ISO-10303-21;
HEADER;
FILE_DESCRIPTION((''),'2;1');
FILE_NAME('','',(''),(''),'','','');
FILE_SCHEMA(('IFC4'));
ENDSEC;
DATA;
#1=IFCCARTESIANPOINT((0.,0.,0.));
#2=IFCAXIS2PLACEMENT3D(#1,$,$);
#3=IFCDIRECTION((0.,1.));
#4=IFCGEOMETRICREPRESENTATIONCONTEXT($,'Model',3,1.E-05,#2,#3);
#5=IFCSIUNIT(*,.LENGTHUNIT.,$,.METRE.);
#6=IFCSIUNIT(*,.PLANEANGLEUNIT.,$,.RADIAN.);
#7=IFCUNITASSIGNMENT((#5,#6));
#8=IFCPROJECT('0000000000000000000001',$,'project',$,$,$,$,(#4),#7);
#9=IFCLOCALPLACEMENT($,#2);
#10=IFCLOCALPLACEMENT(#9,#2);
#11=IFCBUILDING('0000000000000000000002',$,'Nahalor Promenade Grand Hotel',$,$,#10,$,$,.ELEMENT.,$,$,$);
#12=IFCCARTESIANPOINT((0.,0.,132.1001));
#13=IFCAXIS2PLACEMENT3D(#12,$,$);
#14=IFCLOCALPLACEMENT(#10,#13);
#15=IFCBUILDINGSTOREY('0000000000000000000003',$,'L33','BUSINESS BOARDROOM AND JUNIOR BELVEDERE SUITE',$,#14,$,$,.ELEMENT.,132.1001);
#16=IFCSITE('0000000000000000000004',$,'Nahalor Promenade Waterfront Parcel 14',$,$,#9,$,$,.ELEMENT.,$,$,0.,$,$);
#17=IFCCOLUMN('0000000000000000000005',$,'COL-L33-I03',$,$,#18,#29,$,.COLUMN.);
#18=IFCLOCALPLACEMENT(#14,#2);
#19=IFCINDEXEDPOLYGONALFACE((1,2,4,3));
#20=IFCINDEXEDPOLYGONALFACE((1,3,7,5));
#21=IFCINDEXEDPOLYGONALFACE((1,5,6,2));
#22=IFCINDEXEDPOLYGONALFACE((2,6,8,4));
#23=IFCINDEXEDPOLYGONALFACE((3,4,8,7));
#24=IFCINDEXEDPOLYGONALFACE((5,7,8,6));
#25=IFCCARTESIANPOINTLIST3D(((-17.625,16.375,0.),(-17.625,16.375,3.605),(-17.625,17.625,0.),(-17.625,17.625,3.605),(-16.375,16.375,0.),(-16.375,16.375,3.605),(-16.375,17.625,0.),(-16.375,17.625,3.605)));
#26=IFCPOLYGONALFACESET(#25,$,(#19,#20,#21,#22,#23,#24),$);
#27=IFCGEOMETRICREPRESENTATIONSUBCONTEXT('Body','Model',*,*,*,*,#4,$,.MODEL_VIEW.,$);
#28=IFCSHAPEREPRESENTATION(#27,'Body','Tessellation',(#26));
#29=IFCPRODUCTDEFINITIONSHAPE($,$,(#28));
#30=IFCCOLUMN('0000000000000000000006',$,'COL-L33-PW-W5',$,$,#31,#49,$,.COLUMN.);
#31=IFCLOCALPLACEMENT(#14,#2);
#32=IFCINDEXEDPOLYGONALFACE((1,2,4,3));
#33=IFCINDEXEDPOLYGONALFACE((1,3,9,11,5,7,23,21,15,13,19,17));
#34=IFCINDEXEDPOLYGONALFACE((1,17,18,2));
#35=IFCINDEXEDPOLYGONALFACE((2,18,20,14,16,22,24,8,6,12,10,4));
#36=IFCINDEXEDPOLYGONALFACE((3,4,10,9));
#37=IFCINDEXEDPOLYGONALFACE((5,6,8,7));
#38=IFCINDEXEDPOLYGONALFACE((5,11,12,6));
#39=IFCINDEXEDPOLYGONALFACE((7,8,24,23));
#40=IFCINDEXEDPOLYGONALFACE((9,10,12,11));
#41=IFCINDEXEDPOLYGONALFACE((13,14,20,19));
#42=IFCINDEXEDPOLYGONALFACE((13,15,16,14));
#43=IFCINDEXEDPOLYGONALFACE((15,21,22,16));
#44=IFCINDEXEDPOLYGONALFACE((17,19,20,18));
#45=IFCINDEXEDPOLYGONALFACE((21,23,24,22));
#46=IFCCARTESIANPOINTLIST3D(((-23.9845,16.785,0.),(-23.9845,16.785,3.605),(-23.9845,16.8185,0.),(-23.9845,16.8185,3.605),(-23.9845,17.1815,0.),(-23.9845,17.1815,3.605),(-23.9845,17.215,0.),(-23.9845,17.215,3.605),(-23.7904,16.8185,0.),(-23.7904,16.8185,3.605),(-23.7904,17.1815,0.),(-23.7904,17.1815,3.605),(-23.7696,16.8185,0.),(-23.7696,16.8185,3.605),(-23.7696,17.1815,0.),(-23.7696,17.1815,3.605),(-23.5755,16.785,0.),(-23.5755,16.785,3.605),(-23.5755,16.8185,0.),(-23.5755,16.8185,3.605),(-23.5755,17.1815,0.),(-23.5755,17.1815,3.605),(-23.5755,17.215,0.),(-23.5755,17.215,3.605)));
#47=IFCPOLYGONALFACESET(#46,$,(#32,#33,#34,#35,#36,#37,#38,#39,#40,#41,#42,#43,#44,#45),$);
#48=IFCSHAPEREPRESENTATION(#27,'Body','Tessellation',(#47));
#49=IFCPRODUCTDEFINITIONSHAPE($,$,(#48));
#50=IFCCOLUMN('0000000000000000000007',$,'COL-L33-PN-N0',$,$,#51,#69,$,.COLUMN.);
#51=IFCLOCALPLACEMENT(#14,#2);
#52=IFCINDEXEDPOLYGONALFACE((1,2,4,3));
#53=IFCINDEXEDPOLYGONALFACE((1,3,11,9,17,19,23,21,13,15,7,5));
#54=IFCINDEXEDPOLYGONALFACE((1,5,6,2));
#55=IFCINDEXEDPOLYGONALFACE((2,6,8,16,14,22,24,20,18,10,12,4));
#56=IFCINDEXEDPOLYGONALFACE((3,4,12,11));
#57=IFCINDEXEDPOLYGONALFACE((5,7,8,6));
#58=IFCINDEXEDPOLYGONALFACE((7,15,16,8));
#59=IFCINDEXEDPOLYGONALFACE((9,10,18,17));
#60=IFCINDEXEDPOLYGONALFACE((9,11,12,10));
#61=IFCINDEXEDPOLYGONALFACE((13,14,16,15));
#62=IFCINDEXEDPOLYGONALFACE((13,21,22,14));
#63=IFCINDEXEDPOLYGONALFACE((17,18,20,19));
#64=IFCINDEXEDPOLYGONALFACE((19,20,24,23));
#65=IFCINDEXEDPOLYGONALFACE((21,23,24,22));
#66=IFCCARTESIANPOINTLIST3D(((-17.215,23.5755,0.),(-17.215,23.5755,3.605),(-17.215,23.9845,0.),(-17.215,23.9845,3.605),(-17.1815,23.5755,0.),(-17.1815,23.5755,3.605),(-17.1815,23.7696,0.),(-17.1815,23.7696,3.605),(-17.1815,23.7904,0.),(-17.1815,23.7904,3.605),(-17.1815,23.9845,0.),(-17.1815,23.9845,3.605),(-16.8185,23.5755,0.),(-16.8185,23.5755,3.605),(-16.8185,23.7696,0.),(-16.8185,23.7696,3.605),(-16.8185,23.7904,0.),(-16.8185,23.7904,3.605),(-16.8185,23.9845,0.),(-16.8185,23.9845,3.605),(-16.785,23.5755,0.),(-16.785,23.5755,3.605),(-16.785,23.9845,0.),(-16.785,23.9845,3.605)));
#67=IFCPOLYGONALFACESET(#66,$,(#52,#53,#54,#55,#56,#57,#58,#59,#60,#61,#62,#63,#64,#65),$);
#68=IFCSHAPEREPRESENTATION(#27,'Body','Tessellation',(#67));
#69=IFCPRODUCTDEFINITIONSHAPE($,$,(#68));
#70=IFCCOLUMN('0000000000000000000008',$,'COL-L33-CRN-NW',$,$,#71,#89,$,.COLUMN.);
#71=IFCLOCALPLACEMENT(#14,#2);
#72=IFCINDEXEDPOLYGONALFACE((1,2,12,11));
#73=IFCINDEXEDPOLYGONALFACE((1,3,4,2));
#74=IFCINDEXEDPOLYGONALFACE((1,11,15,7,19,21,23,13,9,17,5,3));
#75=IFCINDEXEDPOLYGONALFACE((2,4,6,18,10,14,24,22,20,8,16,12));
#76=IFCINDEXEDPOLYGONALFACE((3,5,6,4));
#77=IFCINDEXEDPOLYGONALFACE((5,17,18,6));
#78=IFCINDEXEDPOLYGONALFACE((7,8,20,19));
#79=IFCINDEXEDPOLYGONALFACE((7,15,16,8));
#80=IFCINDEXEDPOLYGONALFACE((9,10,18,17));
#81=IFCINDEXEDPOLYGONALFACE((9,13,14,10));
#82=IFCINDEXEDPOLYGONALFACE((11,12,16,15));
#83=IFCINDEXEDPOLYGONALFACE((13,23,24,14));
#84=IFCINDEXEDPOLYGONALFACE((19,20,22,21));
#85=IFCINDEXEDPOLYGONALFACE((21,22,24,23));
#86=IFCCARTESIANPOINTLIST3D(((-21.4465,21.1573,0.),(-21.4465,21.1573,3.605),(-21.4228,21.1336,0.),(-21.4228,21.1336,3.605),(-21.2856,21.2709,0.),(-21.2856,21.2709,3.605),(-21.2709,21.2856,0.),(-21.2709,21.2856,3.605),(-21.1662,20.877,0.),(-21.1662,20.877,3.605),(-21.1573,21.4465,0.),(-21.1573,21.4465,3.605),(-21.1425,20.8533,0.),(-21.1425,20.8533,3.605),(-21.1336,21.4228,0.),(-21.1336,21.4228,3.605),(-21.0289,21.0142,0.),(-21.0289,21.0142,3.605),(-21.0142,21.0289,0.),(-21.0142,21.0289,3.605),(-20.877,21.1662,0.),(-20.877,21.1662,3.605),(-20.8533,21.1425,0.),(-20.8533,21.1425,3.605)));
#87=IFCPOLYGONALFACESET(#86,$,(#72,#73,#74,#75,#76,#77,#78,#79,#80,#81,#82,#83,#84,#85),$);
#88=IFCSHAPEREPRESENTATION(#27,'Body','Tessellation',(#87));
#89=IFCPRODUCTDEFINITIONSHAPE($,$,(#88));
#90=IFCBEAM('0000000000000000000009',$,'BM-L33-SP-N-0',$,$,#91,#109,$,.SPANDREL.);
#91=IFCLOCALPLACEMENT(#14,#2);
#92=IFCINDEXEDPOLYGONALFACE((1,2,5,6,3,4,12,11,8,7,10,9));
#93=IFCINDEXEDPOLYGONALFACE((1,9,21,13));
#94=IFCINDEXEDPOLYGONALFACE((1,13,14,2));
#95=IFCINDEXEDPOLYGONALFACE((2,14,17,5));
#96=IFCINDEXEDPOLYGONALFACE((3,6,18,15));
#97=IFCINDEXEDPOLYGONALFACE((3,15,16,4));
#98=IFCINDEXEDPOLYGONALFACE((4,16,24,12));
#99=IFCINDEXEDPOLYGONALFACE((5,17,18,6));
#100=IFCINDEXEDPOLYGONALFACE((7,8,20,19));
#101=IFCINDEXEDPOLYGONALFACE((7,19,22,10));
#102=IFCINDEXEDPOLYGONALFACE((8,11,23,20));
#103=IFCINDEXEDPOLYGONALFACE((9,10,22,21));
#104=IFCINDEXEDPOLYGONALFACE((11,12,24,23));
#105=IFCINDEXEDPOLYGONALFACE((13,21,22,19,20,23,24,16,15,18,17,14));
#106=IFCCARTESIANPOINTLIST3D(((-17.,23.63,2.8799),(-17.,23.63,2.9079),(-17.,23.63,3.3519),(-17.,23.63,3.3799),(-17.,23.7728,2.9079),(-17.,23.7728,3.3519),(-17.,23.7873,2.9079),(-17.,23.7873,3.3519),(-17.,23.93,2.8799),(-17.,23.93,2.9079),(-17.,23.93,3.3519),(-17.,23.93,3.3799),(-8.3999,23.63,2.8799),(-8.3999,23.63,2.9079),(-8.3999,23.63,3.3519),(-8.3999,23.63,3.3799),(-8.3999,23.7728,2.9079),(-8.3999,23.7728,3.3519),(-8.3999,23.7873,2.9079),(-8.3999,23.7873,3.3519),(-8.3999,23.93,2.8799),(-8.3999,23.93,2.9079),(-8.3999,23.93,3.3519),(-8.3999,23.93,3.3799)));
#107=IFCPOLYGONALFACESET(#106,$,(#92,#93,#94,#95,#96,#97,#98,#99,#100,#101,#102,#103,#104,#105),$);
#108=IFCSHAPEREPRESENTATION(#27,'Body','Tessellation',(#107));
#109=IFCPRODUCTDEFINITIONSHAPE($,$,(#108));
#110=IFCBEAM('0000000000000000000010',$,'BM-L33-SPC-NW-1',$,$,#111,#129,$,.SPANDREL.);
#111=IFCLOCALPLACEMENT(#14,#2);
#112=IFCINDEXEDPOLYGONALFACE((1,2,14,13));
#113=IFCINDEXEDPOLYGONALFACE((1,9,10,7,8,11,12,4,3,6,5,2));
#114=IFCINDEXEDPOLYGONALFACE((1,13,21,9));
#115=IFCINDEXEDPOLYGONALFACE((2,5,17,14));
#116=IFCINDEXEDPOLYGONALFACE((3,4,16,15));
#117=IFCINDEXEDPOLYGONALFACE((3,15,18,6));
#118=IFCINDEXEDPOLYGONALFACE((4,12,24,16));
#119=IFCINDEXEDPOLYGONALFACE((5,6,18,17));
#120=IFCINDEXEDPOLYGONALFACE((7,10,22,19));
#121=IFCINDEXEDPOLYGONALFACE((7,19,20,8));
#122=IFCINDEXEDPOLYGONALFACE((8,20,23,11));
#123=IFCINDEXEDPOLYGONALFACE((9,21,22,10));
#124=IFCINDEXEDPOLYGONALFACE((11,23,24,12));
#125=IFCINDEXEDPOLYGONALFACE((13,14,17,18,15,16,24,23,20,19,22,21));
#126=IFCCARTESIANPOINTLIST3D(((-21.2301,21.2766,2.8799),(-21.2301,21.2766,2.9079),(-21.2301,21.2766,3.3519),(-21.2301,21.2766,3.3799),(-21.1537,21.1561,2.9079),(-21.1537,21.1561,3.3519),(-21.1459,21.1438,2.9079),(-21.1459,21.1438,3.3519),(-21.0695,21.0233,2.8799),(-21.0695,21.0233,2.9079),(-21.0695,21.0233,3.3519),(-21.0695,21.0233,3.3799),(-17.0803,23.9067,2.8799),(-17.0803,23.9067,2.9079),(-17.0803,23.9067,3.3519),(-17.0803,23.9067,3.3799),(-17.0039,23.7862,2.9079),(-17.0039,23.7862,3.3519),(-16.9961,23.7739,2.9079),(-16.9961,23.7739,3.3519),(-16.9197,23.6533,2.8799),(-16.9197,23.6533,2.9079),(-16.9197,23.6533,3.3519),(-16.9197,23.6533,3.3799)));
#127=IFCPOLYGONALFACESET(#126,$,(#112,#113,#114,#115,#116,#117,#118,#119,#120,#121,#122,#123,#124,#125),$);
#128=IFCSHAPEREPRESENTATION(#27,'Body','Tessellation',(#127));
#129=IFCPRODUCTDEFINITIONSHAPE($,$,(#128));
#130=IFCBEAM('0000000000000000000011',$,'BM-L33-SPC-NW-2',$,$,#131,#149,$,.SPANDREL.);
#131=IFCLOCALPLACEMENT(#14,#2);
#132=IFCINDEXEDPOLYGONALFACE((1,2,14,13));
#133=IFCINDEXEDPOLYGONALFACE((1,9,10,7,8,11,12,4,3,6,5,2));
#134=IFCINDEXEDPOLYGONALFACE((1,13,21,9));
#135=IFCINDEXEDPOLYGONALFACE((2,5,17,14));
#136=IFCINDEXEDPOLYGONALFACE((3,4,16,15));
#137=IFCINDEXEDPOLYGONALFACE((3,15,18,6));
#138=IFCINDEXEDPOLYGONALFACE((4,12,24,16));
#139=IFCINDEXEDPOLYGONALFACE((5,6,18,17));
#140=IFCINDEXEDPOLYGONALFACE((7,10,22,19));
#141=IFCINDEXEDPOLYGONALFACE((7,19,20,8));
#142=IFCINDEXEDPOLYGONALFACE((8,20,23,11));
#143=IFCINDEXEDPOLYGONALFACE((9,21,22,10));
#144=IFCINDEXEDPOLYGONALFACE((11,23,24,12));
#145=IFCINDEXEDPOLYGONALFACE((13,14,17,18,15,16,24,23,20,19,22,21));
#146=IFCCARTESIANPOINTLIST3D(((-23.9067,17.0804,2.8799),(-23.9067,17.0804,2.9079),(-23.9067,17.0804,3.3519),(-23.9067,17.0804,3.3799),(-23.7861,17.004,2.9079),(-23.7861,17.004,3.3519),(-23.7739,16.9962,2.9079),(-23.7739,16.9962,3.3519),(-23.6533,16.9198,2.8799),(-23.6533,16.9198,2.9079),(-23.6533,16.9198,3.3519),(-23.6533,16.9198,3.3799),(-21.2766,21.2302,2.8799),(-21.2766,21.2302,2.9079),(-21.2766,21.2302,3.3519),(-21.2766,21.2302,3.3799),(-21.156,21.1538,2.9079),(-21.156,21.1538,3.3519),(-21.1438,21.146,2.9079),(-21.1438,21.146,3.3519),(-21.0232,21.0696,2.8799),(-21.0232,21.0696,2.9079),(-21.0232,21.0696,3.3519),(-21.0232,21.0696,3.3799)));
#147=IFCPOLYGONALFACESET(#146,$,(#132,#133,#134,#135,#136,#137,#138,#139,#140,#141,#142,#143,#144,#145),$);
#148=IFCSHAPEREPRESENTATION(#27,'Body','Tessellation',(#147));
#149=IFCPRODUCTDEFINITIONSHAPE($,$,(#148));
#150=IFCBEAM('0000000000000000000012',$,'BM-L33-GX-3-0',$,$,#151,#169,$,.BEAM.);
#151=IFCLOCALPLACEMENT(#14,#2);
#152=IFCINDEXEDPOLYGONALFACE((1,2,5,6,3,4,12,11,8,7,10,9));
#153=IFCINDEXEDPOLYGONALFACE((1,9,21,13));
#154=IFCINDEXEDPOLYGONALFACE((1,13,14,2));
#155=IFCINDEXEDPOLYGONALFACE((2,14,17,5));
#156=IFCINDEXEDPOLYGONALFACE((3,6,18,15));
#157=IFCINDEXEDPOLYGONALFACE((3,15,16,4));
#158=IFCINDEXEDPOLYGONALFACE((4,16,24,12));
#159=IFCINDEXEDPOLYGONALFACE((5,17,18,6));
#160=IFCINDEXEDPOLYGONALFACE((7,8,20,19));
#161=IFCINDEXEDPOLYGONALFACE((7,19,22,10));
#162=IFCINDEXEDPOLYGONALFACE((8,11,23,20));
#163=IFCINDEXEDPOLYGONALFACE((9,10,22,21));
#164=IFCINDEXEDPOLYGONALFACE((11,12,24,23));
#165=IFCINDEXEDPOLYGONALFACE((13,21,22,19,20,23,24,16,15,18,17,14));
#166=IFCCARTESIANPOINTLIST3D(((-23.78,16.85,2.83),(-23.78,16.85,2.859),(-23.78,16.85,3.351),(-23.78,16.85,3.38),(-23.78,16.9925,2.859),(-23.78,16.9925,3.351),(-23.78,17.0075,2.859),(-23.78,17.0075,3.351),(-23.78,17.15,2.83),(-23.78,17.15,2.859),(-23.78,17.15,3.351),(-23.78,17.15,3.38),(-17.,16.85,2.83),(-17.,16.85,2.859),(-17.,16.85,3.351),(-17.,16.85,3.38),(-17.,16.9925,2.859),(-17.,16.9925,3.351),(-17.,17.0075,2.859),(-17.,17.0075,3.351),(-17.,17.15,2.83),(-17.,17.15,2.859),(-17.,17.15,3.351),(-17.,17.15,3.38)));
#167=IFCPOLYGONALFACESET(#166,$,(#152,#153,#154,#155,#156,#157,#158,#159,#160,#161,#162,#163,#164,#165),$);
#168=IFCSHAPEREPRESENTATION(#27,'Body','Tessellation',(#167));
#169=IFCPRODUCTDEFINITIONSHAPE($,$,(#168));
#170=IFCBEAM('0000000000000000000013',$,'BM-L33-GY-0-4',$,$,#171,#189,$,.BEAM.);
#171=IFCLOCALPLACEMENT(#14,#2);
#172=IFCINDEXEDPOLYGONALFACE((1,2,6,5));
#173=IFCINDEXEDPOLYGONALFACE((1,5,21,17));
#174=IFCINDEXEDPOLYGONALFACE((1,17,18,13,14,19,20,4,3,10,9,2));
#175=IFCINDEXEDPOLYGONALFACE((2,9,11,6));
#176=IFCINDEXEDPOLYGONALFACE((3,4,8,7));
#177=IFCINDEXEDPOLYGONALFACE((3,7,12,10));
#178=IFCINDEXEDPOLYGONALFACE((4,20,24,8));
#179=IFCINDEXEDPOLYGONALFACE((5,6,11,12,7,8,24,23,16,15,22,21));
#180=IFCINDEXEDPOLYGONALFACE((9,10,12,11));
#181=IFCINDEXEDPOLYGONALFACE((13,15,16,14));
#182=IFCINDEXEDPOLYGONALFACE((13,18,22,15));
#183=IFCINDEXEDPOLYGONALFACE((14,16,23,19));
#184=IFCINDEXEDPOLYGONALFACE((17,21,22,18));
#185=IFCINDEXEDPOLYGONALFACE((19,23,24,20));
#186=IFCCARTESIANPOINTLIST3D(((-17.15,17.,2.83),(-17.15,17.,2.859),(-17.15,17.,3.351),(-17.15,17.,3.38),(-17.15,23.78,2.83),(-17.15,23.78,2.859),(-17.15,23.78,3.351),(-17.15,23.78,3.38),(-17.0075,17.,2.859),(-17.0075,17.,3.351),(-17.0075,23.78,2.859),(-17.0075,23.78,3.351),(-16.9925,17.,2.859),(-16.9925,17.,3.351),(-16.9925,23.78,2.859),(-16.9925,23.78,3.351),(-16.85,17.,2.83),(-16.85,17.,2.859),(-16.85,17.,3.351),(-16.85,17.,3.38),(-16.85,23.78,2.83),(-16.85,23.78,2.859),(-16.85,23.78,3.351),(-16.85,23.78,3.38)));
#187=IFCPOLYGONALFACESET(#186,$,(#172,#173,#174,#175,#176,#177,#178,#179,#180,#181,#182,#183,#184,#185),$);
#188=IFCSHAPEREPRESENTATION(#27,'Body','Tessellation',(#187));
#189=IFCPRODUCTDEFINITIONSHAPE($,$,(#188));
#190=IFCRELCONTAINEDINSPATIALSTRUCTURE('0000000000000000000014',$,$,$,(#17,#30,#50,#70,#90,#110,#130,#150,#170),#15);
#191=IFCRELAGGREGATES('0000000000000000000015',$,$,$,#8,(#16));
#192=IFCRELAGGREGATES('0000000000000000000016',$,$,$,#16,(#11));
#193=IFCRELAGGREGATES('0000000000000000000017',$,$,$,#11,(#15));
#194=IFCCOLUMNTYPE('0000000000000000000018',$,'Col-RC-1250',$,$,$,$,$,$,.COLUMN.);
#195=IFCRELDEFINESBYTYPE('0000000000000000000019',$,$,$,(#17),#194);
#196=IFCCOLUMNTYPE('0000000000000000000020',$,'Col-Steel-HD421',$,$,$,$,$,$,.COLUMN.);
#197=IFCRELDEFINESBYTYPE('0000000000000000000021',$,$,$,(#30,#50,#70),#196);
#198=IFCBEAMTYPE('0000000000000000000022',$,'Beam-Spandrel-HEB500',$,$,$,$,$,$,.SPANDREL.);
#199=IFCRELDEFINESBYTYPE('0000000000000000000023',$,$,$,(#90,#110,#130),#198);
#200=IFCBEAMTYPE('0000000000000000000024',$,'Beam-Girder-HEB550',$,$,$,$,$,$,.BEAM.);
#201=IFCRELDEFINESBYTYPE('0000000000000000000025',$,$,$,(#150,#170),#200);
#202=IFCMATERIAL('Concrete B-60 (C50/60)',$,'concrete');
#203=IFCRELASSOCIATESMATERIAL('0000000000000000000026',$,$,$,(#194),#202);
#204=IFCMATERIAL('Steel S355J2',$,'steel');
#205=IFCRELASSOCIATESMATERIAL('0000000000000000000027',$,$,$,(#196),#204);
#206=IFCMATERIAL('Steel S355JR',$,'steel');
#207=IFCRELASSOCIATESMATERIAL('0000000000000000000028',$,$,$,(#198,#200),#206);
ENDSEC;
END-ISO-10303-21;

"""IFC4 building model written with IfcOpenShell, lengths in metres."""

from ifc_helpers import new_model, si_unit, direction, frame, origin, origin_2d, place, context, subcontext, project, spatial, rectangle, i_section, extrude, source, transform, mapped, material, material_profile, profile_set, type_object, element, save


model = new_model("IFC4")

# Units and contexts
model_context = context("Model", 3, precision=1e-05, world=origin(), true_north=direction((0.0, 1.0)))
body_context = subcontext(model_context, "Body", "Model", "MODEL_VIEW")
ifc_project = project(units=[si_unit("LENGTHUNIT", "METRE"), si_unit("PLANEANGLEUNIT", "RADIAN")], contexts=[model_context])

# Site, building, storey
site_placement = place(None, origin())
site = spatial("IfcSite", under=ifc_project, at=site_placement, Name="Nahalor Promenade Waterfront Parcel 14", CompositionType="ELEMENT", RefElevation=0.0)
building_placement = place(site_placement, origin())
building = spatial("IfcBuilding", under=site, at=building_placement, Name="Nahalor Promenade Grand Hotel", CompositionType="ELEMENT")
storey_placement = place(building_placement, frame((0.0, 0.0, 132.1001)))
storey = spatial("IfcBuildingStorey", under=building, at=storey_placement, Name="L33", Description="BUSINESS BOARDROOM AND JUNIOR BELVEDERE SUITE", CompositionType="ELEMENT", Elevation=132.1001)

# Columns
ifc_material_1 = material(Name="Concrete B-60 (C50/60)", Category="concrete")
ifc_material_profile_1 = material_profile(ifc_material_1, rectangle(XDim=1.25, YDim=1.25, at=origin_2d()), Name="RC 1250x1250")
ifc_profile_set_1 = profile_set([ifc_material_profile_1], Name="Concrete B-60 (C50/60)")
column_type_1 = type_object("IfcColumnType", Name="Col-RC-1250", PredefinedType="COLUMN", material=ifc_profile_set_1)
shared_shape_1 = source(origin(), body_context, "Body", "SweptSolid", [
    extrude(rectangle(XDim=1.25, YDim=1.25, at=origin_2d()), origin(), (0.0, 0.0, 1.0), 3.605),
])
column_placement = place(storey_placement, frame((-17.0, 17.0, 0.0), z_axis=(0.0, 0.0, 1.0), x_axis=(1.0, 0.0, 0.0)))
element("IfcColumn", 1, at=column_placement, inside=storey, type_object=column_type_1, Name="COL-L33-I03", PredefinedType="COLUMN", context=body_context, shape_type="MappedRepresentation", body=[
    mapped(shared_shape_1, transform((0.0, 0.0, 0.0), scale=1.0)),
])
ifc_material_2 = material(Name="Steel S355J2", Category="steel")
ifc_material_profile_2 = material_profile(ifc_material_2, i_section(OverallWidth=0.409, OverallDepth=0.43, WebThickness=0.0208, FlangeThickness=0.0335, at=origin_2d()), Name="HD 400x421")
ifc_profile_set_2 = profile_set([ifc_material_profile_2], Name="Steel S355J2")
column_type_2 = type_object("IfcColumnType", Name="Col-Steel-HD421", PredefinedType="COLUMN", material=ifc_profile_set_2)
shared_shape_2 = source(origin(), body_context, "Body", "SweptSolid", [
    extrude(i_section(OverallWidth=0.409, OverallDepth=0.43, WebThickness=0.0208, FlangeThickness=0.0335, at=origin_2d()), origin(), (0.0, 0.0, 1.0), 3.605),
])
for number, where, z_axis, x_axis, name in (
    (2, (-23.78, 17.0, 0.0), (0.0, 0.0, 1.0), (1.0, 0.0, 0.0), "COL-L33-PW-W5"),
    (3, (-17.0, 23.78, 0.0), (0.0, 0.0, 1.0), (0.0, 1.0, 0.0), "COL-L33-PN-N0"),
    (4, (-21.1499, 21.1499, 0.0), (0.0, 0.0, 1.0), (0.707107, 0.707107, 0.0), "COL-L33-CRN-NW"),
):
    element("IfcColumn", number, at=place(storey_placement, frame(where, z_axis=z_axis, x_axis=x_axis)), inside=storey, type_object=column_type_2, Name=name, PredefinedType="COLUMN", context=body_context, shape_type="MappedRepresentation", body=[
        mapped(shared_shape_2, transform((0.0, 0.0, 0.0), scale=1.0)),
    ])

# Beams
ifc_material_3 = material(Name="Steel S355JR", Category="steel")
ifc_material_profile_3 = material_profile(ifc_material_3, i_section(OverallWidth=0.3, OverallDepth=0.5, WebThickness=0.0145, FlangeThickness=0.028, at=origin_2d()), Name="HEB 500")
ifc_profile_set_3 = profile_set([ifc_material_profile_3], Name="Steel S355JR")
beam_type_1 = type_object("IfcBeamType", Name="Beam-Spandrel-HEB500", PredefinedType="SPANDREL", material=ifc_profile_set_3)
shared_shape_3 = source(origin(), body_context, "Body", "SweptSolid", [
    extrude(i_section(OverallWidth=0.3, OverallDepth=0.5, WebThickness=0.0145, FlangeThickness=0.028, at=origin_2d()), origin(), (0.0, 0.0, 1.0), 8.6001),
])
beam_1_placement = place(storey_placement, frame((-17.0, 23.78, 3.1299), z_axis=(1.0, 0.0, 0.0), x_axis=(0.0, 1.0, 0.0)))
element("IfcBeam", 5, at=beam_1_placement, inside=storey, type_object=beam_type_1, Name="BM-L33-SP-N-0", PredefinedType="SPANDREL", context=body_context, shape_type="MappedRepresentation", body=[
    mapped(shared_shape_3, transform((0.0, 0.0, 0.0), scale=1.0)),
])
shared_shape_4 = source(origin(), body_context, "Body", "SweptSolid", [
    extrude(i_section(OverallWidth=0.3, OverallDepth=0.5, WebThickness=0.0145, FlangeThickness=0.028, at=origin_2d()), origin(), (0.0, 0.0, 1.0), 4.9131),
])
for number, where, z_axis, x_axis, name in (
    (6, (-17.0, 23.78, 3.1299), (-0.844648, -0.535322, 0.0), (0.535322, -0.844648, 0.0), "BM-L33-SPC-NW-1"),
    (7, (-21.1499, 21.1499, 3.1299), (-0.535322, -0.844648, 0.0), (0.844648, -0.535322, 0.0), "BM-L33-SPC-NW-2"),
):
    element("IfcBeam", number, at=place(storey_placement, frame(where, z_axis=z_axis, x_axis=x_axis)), inside=storey, type_object=beam_type_1, Name=name, PredefinedType="SPANDREL", context=body_context, shape_type="MappedRepresentation", body=[
        mapped(shared_shape_4, transform((0.0, 0.0, 0.0), scale=1.0)),
    ])
ifc_material_profile_4 = material_profile(ifc_material_3, i_section(OverallWidth=0.3, OverallDepth=0.55, WebThickness=0.015, FlangeThickness=0.029, at=origin_2d()), Name="HEB 550")
ifc_profile_set_4 = profile_set([ifc_material_profile_4], Name="Steel S355JR")
beam_type_2 = type_object("IfcBeamType", Name="Beam-Girder-HEB550", PredefinedType="BEAM", material=ifc_profile_set_4)
shared_shape_5 = source(origin(), body_context, "Body", "SweptSolid", [
    extrude(i_section(OverallWidth=0.3, OverallDepth=0.55, WebThickness=0.015, FlangeThickness=0.029, at=origin_2d()), origin(), (0.0, 0.0, 1.0), 6.78),
])
for number, where, z_axis, x_axis, name in (
    (8, (-23.78, 17.0, 3.105), (1.0, 0.0, 0.0), (0.0, 1.0, 0.0), "BM-L33-GX-3-0"),
    (9, (-17.0, 17.0, 3.105), (0.0, 1.0, 0.0), (-1.0, 0.0, 0.0), "BM-L33-GY-0-4"),
):
    element("IfcBeam", number, at=place(storey_placement, frame(where, z_axis=z_axis, x_axis=x_axis)), inside=storey, type_object=beam_type_2, Name=name, PredefinedType="BEAM", context=body_context, shape_type="MappedRepresentation", body=[
        mapped(shared_shape_5, transform((0.0, 0.0, 0.0), scale=1.0)),
    ])

save(model, "model.ifc")
